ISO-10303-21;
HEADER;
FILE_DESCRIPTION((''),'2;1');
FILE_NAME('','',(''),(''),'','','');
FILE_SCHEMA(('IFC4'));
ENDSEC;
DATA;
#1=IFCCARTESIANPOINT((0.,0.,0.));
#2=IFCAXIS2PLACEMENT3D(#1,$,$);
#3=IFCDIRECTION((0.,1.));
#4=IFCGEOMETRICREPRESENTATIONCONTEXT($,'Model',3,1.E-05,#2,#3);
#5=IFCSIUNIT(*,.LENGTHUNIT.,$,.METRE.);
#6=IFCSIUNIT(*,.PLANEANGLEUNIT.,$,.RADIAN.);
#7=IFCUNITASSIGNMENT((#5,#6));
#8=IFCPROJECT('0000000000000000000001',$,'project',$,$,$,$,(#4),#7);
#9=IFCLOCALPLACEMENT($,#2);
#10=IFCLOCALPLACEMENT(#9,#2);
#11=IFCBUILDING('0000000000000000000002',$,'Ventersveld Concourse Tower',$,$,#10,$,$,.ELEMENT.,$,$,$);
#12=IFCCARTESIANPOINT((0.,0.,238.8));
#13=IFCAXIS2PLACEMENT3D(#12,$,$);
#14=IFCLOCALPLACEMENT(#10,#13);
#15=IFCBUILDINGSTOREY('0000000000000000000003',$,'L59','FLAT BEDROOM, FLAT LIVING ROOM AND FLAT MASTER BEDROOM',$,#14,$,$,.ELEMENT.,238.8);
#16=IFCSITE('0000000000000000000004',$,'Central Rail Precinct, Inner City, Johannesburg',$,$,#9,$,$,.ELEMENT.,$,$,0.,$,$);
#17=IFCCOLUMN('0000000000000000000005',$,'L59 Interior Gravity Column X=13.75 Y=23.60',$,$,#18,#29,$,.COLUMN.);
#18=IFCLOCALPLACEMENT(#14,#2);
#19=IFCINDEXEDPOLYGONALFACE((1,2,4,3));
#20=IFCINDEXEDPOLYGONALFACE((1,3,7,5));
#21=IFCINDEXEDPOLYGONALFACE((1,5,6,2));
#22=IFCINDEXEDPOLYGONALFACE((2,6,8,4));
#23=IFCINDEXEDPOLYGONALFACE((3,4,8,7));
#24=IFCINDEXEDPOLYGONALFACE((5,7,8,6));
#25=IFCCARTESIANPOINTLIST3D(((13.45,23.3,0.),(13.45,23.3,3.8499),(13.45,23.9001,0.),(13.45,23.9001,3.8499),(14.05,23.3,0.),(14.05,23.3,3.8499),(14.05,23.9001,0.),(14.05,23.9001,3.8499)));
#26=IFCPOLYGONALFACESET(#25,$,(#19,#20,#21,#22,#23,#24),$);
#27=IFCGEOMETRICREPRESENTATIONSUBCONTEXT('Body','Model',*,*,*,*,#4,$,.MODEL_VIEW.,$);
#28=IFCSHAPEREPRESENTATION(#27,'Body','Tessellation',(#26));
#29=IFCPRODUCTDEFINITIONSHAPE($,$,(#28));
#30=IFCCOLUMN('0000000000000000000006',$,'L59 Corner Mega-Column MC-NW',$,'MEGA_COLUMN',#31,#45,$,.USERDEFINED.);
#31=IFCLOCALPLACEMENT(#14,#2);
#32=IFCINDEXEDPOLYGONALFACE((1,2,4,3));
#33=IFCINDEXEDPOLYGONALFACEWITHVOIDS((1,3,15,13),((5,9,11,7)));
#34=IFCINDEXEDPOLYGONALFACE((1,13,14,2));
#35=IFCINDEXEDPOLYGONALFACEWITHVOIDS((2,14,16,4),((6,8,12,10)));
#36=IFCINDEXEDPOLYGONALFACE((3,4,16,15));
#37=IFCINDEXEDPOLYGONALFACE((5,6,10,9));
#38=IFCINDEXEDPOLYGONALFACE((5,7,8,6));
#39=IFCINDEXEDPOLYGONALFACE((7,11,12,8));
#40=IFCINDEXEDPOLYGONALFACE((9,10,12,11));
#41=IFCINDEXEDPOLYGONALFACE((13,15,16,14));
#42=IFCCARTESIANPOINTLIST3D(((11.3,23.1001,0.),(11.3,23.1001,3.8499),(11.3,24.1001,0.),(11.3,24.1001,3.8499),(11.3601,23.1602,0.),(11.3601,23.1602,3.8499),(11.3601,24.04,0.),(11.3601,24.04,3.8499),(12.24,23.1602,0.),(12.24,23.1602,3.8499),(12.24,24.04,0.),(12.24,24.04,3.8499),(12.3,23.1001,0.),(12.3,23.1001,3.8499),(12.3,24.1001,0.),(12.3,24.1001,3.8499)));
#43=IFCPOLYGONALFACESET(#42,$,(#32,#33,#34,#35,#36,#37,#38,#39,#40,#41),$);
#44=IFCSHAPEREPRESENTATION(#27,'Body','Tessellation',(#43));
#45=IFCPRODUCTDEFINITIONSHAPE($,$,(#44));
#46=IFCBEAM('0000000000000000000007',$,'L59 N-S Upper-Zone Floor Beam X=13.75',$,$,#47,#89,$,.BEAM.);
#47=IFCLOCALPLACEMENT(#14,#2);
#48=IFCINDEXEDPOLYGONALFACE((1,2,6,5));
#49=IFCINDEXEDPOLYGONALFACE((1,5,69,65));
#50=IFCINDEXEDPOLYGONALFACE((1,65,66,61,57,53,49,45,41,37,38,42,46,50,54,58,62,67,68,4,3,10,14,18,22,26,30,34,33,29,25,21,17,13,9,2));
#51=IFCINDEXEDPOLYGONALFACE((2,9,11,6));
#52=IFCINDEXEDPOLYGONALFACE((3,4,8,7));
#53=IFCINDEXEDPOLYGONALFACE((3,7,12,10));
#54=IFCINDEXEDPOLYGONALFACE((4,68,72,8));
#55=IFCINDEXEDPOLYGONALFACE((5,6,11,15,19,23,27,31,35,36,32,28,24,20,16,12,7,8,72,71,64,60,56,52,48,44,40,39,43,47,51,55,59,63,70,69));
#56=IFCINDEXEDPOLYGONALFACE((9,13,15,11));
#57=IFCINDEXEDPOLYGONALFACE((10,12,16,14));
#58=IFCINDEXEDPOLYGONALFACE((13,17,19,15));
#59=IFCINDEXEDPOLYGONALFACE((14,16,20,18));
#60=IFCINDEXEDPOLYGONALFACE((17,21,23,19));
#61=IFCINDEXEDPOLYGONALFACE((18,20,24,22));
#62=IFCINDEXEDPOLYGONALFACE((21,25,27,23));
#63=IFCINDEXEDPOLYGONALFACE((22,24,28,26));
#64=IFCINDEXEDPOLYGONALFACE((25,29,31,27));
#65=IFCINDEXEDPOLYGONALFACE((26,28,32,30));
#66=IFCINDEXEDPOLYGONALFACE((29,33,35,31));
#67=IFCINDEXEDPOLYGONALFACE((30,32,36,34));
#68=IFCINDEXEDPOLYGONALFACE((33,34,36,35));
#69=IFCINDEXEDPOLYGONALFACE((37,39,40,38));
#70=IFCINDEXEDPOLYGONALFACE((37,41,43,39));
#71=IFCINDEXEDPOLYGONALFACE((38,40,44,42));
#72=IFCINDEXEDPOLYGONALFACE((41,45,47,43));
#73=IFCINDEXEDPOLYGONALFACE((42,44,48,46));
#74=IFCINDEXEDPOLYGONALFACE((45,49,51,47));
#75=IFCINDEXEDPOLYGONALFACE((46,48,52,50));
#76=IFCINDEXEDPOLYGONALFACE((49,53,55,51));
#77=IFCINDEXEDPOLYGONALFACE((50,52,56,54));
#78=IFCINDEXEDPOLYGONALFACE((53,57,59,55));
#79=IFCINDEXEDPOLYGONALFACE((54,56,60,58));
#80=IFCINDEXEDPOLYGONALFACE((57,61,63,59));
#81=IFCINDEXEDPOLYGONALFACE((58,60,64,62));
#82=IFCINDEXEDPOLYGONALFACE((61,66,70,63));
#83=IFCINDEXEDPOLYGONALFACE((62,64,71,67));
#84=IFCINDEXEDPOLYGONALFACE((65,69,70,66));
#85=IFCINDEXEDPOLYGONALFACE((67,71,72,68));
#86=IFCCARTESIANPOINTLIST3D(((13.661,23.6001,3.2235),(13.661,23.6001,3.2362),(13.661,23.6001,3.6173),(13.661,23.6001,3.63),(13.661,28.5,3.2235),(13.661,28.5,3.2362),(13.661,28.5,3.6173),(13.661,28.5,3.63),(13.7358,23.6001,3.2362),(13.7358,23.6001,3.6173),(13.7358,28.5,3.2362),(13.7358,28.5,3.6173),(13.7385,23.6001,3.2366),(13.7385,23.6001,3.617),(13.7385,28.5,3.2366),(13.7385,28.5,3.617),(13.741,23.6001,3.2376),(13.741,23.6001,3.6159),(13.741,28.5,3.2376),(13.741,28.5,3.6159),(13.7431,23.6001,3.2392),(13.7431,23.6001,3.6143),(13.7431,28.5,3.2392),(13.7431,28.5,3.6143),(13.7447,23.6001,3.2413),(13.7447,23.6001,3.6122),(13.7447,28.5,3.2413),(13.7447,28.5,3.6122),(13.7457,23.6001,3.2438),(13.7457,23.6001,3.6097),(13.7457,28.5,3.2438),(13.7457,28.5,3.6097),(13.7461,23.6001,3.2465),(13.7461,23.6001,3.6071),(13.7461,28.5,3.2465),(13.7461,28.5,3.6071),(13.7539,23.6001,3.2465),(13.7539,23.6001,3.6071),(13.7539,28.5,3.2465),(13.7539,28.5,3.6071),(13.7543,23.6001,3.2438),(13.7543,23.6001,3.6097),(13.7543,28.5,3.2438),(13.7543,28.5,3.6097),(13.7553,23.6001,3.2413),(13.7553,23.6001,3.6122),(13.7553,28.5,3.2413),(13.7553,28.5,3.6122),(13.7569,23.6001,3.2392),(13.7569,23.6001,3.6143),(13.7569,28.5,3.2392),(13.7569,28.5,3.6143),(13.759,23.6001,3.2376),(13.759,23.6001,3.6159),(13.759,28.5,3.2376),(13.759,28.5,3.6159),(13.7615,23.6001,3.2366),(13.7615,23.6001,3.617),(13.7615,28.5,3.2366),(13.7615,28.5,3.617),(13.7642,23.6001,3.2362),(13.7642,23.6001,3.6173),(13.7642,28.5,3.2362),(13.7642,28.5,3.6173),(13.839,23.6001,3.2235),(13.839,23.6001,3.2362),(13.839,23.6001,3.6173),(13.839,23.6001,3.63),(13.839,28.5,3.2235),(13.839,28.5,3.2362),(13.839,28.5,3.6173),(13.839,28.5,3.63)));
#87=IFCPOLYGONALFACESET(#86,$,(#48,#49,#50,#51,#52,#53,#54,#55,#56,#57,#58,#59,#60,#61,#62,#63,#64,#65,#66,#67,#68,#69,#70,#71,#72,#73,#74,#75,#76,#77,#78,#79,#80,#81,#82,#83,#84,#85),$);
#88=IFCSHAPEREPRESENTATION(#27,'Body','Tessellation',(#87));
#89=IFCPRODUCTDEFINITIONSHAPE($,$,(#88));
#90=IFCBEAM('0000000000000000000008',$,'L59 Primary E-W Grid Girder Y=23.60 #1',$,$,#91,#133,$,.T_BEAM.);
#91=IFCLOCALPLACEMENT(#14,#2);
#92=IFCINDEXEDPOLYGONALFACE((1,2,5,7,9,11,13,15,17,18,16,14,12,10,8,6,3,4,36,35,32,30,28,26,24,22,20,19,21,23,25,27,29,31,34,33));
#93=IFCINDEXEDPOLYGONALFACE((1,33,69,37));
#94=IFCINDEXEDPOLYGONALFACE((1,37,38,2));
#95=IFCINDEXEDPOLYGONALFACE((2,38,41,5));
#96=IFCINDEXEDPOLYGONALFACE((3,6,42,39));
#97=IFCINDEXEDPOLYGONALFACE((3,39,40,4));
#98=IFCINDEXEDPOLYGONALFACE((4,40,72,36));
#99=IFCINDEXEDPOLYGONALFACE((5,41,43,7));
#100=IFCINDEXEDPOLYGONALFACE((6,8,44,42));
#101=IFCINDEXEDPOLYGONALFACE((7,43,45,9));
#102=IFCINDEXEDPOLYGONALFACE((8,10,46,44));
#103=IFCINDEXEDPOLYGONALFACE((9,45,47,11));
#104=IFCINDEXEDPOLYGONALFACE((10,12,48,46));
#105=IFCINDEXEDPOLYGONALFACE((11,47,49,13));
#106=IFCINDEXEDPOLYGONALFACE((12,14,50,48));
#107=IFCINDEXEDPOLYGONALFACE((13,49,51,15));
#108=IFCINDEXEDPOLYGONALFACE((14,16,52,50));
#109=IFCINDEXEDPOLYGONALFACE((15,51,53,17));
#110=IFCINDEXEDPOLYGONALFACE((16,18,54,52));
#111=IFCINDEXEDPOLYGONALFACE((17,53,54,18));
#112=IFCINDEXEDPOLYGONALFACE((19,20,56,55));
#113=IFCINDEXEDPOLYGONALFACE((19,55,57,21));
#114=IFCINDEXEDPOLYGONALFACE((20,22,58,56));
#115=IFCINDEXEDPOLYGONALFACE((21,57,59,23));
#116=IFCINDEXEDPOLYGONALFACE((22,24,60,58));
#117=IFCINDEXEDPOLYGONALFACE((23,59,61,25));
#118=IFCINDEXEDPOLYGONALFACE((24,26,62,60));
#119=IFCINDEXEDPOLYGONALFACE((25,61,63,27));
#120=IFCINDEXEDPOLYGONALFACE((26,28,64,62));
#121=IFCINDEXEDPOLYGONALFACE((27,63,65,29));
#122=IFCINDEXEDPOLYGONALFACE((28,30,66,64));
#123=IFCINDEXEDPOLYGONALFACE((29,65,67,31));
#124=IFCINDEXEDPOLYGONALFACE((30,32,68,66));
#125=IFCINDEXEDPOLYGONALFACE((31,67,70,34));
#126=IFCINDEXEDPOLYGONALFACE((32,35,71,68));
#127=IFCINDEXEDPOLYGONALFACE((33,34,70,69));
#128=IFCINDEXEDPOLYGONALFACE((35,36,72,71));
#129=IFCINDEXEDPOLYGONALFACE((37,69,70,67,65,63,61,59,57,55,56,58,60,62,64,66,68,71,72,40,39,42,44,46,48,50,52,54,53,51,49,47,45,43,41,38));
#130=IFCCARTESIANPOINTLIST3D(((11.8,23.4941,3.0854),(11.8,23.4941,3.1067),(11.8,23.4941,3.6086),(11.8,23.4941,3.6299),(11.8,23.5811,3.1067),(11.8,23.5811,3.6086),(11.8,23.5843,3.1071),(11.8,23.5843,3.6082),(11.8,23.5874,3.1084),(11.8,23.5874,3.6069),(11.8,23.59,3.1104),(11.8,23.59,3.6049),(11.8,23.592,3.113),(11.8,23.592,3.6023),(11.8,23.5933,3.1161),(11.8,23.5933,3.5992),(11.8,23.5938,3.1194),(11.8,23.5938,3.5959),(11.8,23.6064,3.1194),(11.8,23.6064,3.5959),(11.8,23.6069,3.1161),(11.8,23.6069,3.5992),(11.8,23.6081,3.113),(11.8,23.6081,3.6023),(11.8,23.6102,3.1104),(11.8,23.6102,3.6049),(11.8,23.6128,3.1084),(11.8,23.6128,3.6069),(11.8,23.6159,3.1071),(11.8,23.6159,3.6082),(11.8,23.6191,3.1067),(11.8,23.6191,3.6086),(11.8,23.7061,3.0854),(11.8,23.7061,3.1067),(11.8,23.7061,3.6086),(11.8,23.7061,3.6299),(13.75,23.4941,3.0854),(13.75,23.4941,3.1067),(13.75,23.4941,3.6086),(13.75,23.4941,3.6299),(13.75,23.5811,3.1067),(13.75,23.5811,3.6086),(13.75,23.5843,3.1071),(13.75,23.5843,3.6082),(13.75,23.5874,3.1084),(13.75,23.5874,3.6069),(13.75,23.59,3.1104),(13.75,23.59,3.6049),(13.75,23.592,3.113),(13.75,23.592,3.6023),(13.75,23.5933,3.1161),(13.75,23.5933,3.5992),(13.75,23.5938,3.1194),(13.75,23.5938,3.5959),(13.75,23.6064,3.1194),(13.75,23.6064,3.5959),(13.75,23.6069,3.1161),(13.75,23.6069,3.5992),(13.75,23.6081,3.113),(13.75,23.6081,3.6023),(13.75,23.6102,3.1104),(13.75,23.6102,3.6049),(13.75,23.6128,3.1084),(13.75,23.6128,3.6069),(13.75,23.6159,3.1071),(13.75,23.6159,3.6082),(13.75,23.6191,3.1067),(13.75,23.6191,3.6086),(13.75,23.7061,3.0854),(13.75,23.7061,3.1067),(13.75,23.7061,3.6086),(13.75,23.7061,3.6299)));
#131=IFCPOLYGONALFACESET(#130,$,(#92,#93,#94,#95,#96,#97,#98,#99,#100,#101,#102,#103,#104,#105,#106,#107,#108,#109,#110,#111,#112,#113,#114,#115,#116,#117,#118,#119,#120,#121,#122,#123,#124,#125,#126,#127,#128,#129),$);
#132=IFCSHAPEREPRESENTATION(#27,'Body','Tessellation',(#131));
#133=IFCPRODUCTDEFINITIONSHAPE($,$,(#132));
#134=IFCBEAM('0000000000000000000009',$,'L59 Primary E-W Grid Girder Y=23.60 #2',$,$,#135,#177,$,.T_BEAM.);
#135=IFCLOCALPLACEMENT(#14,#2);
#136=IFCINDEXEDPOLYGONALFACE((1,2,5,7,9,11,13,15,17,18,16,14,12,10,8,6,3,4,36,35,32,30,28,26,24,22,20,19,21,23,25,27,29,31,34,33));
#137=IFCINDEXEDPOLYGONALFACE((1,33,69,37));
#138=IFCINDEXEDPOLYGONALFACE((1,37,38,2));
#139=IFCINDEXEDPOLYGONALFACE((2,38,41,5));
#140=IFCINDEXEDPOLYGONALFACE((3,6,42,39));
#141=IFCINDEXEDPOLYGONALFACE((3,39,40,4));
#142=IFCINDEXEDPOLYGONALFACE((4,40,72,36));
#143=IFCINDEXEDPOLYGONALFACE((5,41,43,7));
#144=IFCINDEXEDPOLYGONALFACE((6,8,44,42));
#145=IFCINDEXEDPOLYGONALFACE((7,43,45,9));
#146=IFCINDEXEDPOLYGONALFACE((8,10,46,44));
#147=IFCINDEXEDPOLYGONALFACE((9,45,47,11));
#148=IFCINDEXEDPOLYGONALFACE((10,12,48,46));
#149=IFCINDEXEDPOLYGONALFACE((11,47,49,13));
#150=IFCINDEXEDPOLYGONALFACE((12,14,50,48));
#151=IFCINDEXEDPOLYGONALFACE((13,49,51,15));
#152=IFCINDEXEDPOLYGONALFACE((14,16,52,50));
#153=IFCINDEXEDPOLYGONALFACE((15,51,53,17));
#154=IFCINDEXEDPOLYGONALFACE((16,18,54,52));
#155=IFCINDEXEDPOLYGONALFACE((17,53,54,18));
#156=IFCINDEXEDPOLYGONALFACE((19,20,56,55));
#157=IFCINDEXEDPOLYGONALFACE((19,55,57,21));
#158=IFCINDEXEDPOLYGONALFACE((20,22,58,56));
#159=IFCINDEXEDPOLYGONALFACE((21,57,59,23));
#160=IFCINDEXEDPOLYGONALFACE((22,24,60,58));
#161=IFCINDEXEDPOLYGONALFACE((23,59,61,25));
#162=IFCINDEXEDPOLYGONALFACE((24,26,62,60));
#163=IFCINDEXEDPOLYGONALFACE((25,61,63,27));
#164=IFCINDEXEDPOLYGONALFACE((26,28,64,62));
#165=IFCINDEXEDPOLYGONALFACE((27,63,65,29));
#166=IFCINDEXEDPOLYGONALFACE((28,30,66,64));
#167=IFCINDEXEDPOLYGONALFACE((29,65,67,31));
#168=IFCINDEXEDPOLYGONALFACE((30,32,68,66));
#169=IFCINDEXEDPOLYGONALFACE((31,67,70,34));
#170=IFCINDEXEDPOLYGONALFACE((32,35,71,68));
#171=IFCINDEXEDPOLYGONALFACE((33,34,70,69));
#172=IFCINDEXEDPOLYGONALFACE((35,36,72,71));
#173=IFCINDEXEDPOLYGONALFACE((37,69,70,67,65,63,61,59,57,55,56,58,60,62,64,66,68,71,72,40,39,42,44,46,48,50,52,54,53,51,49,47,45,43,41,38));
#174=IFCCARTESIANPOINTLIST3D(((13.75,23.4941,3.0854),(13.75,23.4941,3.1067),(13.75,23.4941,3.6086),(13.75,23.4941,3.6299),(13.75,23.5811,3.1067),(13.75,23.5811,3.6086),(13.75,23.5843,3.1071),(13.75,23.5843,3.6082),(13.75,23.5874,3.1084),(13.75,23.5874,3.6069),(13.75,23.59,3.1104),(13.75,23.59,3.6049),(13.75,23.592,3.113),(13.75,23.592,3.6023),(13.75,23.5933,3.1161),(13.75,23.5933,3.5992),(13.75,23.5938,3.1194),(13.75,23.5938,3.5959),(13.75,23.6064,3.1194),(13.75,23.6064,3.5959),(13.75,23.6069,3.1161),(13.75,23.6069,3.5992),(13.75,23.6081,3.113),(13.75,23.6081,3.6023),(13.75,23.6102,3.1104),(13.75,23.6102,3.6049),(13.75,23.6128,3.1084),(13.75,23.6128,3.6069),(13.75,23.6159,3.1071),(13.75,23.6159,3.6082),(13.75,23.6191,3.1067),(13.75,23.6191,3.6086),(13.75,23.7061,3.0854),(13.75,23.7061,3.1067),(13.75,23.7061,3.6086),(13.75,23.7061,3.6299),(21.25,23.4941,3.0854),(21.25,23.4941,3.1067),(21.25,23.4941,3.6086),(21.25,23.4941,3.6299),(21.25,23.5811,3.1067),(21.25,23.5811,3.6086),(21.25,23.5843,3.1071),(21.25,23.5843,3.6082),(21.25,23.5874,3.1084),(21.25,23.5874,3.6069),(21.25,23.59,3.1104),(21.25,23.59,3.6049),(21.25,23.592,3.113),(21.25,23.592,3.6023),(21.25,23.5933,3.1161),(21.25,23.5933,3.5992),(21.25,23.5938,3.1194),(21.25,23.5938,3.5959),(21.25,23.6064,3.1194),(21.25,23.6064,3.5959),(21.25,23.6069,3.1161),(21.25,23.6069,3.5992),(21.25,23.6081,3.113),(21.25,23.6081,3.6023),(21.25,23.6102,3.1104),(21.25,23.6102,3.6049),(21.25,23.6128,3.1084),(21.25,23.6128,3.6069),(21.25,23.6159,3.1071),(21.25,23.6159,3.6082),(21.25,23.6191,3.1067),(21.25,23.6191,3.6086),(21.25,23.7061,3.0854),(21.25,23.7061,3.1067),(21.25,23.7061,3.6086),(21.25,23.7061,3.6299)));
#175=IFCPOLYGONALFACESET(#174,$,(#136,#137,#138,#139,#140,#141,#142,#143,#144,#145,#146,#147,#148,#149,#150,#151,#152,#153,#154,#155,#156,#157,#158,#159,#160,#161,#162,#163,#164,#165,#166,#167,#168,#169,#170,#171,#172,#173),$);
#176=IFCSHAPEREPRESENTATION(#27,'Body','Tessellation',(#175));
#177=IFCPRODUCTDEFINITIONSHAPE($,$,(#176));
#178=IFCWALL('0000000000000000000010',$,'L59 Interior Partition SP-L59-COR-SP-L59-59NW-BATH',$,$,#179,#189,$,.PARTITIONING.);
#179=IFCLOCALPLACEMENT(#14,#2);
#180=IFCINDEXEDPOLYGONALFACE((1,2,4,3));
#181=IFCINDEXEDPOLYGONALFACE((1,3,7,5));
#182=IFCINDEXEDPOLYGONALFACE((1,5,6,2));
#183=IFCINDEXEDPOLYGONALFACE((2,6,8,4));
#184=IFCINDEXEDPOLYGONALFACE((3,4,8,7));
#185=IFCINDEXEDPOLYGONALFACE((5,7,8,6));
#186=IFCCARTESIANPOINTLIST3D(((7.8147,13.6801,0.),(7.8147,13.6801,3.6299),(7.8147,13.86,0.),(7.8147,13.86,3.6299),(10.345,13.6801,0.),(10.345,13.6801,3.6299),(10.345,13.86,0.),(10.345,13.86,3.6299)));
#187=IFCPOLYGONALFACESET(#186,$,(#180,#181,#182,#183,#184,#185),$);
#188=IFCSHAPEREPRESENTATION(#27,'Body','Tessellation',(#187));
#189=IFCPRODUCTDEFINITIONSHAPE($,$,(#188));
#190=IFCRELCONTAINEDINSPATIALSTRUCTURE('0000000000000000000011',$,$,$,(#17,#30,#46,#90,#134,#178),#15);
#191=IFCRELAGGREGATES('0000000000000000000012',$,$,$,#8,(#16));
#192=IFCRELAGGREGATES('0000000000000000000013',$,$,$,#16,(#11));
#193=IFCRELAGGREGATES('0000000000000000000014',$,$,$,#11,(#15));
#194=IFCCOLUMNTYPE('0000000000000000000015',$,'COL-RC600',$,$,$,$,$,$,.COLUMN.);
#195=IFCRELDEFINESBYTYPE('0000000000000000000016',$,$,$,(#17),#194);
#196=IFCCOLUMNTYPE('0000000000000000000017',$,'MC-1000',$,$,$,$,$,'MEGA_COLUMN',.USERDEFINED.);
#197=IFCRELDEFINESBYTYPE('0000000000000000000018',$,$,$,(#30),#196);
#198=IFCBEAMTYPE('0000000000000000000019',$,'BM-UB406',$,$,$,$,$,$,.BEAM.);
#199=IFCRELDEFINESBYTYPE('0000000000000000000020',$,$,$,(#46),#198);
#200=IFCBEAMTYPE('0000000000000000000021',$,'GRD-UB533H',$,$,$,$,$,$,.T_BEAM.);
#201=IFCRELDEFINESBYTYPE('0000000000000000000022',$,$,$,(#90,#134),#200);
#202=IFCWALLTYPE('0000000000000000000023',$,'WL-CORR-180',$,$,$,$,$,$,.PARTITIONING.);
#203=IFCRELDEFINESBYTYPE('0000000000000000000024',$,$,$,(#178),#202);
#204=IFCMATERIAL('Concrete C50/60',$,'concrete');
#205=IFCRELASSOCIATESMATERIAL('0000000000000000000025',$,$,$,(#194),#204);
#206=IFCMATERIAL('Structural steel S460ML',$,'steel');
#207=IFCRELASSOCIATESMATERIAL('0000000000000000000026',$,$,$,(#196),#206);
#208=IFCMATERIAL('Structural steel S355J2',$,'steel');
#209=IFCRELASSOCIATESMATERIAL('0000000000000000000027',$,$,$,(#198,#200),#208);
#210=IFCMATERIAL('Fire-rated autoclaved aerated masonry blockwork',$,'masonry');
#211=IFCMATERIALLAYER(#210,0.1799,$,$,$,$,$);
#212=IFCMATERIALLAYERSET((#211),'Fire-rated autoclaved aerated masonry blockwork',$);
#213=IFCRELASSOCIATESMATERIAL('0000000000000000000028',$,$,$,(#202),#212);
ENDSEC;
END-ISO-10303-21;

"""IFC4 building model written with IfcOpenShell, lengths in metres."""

from ifc_helpers import new_model, si_unit, direction, frame, frame_2d, origin, origin_2d, place, context, subcontext, project, spatial, rectangle, hollow_rectangle, i_section, extrude, material, layer, layer_set, material_profile, profile_set, type_object, element, save


model = new_model("IFC4")

# Units and contexts
model_context = context("Model", 3, precision=1e-05, world=origin(), true_north=direction((0.0, 1.0)))
body_context = subcontext(model_context, "Body", "Model", "MODEL_VIEW")
ifc_project = project(units=[si_unit("LENGTHUNIT", "METRE"), si_unit("PLANEANGLEUNIT", "RADIAN")], contexts=[model_context])

# Site, building, storey
site_placement = place(None, origin())
site = spatial("IfcSite", under=ifc_project, at=site_placement, Name="Central Rail Precinct, Inner City, Johannesburg", CompositionType="ELEMENT", RefElevation=0.0)
building_placement = place(site_placement, origin())
building = spatial("IfcBuilding", under=site, at=building_placement, Name="Ventersveld Concourse Tower", CompositionType="ELEMENT")
storey_placement = place(building_placement, frame((0.0, 0.0, 238.8)))
storey = spatial("IfcBuildingStorey", under=building, at=storey_placement, Name="L59", Description="FLAT BEDROOM, FLAT LIVING ROOM AND FLAT MASTER BEDROOM", CompositionType="ELEMENT", Elevation=238.8)

# Columns
ifc_material_1 = material(Name="Concrete C50/60", Category="concrete")
ifc_material_profile_1 = material_profile(ifc_material_1, rectangle(XDim=0.6001, YDim=0.6001, at=origin_2d()), Name="RC 600x600")
ifc_profile_set_1 = profile_set([ifc_material_profile_1], Name="Concrete C50/60")
column_type_1 = type_object("IfcColumnType", Name="COL-RC600", PredefinedType="COLUMN", material=ifc_profile_set_1)
column_1_placement = place(storey_placement, frame((13.75, 23.6001, 0.0), z_axis=(0.0, 0.0, 1.0), x_axis=(1.0, 0.0, 0.0)))
element("IfcColumn", 1, at=column_1_placement, inside=storey, type_object=column_type_1, Name="L59 Interior Gravity Column X=13.75 Y=23.60", PredefinedType="COLUMN", context=body_context, shape_type="SweptSolid", body=[
    extrude(rectangle(XDim=0.6001, YDim=0.6001, at=origin_2d()), origin(), (0.0, 0.0, 1.0), 3.8499),
])
ifc_material_2 = material(Name="Structural steel S460ML", Category="steel")
ifc_material_profile_2 = material_profile(ifc_material_2, hollow_rectangle(XDim=1.0, YDim=1.0, WallThickness=0.0601, at=origin_2d()), Name="BOX 1000x1000x60")
ifc_profile_set_2 = profile_set([ifc_material_profile_2], Name="Structural steel S460ML")
column_type_2 = type_object("IfcColumnType", Name="MC-1000", ElementType="MEGA_COLUMN", PredefinedType="USERDEFINED", material=ifc_profile_set_2)
column_2_placement = place(storey_placement, frame((11.8, 23.6001, 0.0), z_axis=(0.0, 0.0, 1.0), x_axis=(1.0, 0.0, 0.0)))
element("IfcColumn", 2, at=column_2_placement, inside=storey, type_object=column_type_2, Name="L59 Corner Mega-Column MC-NW", ObjectType="MEGA_COLUMN", PredefinedType="USERDEFINED", context=body_context, shape_type="SweptSolid", body=[
    extrude(hollow_rectangle(XDim=1.0, YDim=1.0, WallThickness=0.0601, at=origin_2d()), origin(), (0.0, 0.0, 1.0), 3.8499),
])

# Beams
ifc_material_3 = material(Name="Structural steel S355J2", Category="steel")
ifc_material_profile_3 = material_profile(ifc_material_3, i_section(OverallWidth=0.178, OverallDepth=0.4065, WebThickness=0.0078, FlangeThickness=0.0127, FilletRadius=0.0103, at=origin_2d()), Name="UB 406x178x60")
ifc_profile_set_3 = profile_set([ifc_material_profile_3], Name="Structural steel S355J2")
beam_type_1 = type_object("IfcBeamType", Name="BM-UB406", PredefinedType="BEAM", material=ifc_profile_set_3)
beam_1_placement = place(storey_placement, frame((13.75, 23.6001, 3.4268), z_axis=(0.0, 1.0, 0.0), x_axis=(-1.0, 0.0, 0.0)))
element("IfcBeam", 3, at=beam_1_placement, inside=storey, type_object=beam_type_1, Name="L59 N-S Upper-Zone Floor Beam X=13.75", PredefinedType="BEAM", context=body_context, shape_type="SweptSolid", body=[
    extrude(i_section(OverallWidth=0.178, OverallDepth=0.4065, WebThickness=0.0078, FlangeThickness=0.0127, FilletRadius=0.0103, at=origin_2d()), origin(), (0.0, 0.0, 1.0), 4.8999),
])
ifc_material_profile_4 = material_profile(ifc_material_3, i_section(OverallWidth=0.2119, OverallDepth=0.5444, WebThickness=0.0127, FlangeThickness=0.0212, FilletRadius=0.0127, at=origin_2d()), Name="UB 533x210x122")
ifc_profile_set_4 = profile_set([ifc_material_profile_4], Name="Structural steel S355J2")
beam_type_2 = type_object("IfcBeamType", Name="GRD-UB533H", PredefinedType="T_BEAM", material=ifc_profile_set_4)
beam_2_placement = place(storey_placement, frame((11.8, 23.6001, 3.3577), z_axis=(1.0, 0.0, 0.0), x_axis=(0.0, 1.0, 0.0)))
element("IfcBeam", 4, at=beam_2_placement, inside=storey, type_object=beam_type_2, Name="L59 Primary E-W Grid Girder Y=23.60 #1", PredefinedType="T_BEAM", context=body_context, shape_type="SweptSolid", body=[
    extrude(i_section(OverallWidth=0.2119, OverallDepth=0.5444, WebThickness=0.0127, FlangeThickness=0.0212, FilletRadius=0.0127, at=origin_2d()), origin(), (0.0, 0.0, 1.0), 1.95),
])
beam_3_placement = place(storey_placement, frame((13.75, 23.6001, 3.3577), z_axis=(1.0, 0.0, 0.0), x_axis=(0.0, 1.0, 0.0)))
element("IfcBeam", 5, at=beam_3_placement, inside=storey, type_object=beam_type_2, Name="L59 Primary E-W Grid Girder Y=23.60 #2", PredefinedType="T_BEAM", context=body_context, shape_type="SweptSolid", body=[
    extrude(i_section(OverallWidth=0.2119, OverallDepth=0.5444, WebThickness=0.0127, FlangeThickness=0.0212, FilletRadius=0.0127, at=origin_2d()), origin(), (0.0, 0.0, 1.0), 7.5),
])

# Shared definitions
ifc_material_4 = material(Name="Fire-rated autoclaved aerated masonry blockwork", Category="masonry")
ifc_layer_1 = layer(ifc_material_4, 0.1799)
ifc_layer_set_1 = layer_set([ifc_layer_1], Name="Fire-rated autoclaved aerated masonry blockwork")
wall_type_1 = type_object("IfcWallType", Name="WL-CORR-180", PredefinedType="PARTITIONING", material=ifc_layer_set_1)

# Wall
wall_1_placement = place(storey_placement, frame((7.8147, 13.77, 0.0), z_axis=(0.0, 0.0, 1.0), x_axis=(1.0, 0.0, 0.0)))
element("IfcWall", 6, at=wall_1_placement, inside=storey, type_object=wall_type_1, Name="L59 Interior Partition SP-L59-COR-SP-L59-59NW-BATH", PredefinedType="PARTITIONING", context=body_context, shape_type="SweptSolid", body=[
    extrude(rectangle(XDim=2.5303, YDim=0.1799, at=frame_2d((1.2651, 0.0))), origin(), (0.0, 0.0, 1.0), 3.6299),
])

save(model, "model.ifc")
